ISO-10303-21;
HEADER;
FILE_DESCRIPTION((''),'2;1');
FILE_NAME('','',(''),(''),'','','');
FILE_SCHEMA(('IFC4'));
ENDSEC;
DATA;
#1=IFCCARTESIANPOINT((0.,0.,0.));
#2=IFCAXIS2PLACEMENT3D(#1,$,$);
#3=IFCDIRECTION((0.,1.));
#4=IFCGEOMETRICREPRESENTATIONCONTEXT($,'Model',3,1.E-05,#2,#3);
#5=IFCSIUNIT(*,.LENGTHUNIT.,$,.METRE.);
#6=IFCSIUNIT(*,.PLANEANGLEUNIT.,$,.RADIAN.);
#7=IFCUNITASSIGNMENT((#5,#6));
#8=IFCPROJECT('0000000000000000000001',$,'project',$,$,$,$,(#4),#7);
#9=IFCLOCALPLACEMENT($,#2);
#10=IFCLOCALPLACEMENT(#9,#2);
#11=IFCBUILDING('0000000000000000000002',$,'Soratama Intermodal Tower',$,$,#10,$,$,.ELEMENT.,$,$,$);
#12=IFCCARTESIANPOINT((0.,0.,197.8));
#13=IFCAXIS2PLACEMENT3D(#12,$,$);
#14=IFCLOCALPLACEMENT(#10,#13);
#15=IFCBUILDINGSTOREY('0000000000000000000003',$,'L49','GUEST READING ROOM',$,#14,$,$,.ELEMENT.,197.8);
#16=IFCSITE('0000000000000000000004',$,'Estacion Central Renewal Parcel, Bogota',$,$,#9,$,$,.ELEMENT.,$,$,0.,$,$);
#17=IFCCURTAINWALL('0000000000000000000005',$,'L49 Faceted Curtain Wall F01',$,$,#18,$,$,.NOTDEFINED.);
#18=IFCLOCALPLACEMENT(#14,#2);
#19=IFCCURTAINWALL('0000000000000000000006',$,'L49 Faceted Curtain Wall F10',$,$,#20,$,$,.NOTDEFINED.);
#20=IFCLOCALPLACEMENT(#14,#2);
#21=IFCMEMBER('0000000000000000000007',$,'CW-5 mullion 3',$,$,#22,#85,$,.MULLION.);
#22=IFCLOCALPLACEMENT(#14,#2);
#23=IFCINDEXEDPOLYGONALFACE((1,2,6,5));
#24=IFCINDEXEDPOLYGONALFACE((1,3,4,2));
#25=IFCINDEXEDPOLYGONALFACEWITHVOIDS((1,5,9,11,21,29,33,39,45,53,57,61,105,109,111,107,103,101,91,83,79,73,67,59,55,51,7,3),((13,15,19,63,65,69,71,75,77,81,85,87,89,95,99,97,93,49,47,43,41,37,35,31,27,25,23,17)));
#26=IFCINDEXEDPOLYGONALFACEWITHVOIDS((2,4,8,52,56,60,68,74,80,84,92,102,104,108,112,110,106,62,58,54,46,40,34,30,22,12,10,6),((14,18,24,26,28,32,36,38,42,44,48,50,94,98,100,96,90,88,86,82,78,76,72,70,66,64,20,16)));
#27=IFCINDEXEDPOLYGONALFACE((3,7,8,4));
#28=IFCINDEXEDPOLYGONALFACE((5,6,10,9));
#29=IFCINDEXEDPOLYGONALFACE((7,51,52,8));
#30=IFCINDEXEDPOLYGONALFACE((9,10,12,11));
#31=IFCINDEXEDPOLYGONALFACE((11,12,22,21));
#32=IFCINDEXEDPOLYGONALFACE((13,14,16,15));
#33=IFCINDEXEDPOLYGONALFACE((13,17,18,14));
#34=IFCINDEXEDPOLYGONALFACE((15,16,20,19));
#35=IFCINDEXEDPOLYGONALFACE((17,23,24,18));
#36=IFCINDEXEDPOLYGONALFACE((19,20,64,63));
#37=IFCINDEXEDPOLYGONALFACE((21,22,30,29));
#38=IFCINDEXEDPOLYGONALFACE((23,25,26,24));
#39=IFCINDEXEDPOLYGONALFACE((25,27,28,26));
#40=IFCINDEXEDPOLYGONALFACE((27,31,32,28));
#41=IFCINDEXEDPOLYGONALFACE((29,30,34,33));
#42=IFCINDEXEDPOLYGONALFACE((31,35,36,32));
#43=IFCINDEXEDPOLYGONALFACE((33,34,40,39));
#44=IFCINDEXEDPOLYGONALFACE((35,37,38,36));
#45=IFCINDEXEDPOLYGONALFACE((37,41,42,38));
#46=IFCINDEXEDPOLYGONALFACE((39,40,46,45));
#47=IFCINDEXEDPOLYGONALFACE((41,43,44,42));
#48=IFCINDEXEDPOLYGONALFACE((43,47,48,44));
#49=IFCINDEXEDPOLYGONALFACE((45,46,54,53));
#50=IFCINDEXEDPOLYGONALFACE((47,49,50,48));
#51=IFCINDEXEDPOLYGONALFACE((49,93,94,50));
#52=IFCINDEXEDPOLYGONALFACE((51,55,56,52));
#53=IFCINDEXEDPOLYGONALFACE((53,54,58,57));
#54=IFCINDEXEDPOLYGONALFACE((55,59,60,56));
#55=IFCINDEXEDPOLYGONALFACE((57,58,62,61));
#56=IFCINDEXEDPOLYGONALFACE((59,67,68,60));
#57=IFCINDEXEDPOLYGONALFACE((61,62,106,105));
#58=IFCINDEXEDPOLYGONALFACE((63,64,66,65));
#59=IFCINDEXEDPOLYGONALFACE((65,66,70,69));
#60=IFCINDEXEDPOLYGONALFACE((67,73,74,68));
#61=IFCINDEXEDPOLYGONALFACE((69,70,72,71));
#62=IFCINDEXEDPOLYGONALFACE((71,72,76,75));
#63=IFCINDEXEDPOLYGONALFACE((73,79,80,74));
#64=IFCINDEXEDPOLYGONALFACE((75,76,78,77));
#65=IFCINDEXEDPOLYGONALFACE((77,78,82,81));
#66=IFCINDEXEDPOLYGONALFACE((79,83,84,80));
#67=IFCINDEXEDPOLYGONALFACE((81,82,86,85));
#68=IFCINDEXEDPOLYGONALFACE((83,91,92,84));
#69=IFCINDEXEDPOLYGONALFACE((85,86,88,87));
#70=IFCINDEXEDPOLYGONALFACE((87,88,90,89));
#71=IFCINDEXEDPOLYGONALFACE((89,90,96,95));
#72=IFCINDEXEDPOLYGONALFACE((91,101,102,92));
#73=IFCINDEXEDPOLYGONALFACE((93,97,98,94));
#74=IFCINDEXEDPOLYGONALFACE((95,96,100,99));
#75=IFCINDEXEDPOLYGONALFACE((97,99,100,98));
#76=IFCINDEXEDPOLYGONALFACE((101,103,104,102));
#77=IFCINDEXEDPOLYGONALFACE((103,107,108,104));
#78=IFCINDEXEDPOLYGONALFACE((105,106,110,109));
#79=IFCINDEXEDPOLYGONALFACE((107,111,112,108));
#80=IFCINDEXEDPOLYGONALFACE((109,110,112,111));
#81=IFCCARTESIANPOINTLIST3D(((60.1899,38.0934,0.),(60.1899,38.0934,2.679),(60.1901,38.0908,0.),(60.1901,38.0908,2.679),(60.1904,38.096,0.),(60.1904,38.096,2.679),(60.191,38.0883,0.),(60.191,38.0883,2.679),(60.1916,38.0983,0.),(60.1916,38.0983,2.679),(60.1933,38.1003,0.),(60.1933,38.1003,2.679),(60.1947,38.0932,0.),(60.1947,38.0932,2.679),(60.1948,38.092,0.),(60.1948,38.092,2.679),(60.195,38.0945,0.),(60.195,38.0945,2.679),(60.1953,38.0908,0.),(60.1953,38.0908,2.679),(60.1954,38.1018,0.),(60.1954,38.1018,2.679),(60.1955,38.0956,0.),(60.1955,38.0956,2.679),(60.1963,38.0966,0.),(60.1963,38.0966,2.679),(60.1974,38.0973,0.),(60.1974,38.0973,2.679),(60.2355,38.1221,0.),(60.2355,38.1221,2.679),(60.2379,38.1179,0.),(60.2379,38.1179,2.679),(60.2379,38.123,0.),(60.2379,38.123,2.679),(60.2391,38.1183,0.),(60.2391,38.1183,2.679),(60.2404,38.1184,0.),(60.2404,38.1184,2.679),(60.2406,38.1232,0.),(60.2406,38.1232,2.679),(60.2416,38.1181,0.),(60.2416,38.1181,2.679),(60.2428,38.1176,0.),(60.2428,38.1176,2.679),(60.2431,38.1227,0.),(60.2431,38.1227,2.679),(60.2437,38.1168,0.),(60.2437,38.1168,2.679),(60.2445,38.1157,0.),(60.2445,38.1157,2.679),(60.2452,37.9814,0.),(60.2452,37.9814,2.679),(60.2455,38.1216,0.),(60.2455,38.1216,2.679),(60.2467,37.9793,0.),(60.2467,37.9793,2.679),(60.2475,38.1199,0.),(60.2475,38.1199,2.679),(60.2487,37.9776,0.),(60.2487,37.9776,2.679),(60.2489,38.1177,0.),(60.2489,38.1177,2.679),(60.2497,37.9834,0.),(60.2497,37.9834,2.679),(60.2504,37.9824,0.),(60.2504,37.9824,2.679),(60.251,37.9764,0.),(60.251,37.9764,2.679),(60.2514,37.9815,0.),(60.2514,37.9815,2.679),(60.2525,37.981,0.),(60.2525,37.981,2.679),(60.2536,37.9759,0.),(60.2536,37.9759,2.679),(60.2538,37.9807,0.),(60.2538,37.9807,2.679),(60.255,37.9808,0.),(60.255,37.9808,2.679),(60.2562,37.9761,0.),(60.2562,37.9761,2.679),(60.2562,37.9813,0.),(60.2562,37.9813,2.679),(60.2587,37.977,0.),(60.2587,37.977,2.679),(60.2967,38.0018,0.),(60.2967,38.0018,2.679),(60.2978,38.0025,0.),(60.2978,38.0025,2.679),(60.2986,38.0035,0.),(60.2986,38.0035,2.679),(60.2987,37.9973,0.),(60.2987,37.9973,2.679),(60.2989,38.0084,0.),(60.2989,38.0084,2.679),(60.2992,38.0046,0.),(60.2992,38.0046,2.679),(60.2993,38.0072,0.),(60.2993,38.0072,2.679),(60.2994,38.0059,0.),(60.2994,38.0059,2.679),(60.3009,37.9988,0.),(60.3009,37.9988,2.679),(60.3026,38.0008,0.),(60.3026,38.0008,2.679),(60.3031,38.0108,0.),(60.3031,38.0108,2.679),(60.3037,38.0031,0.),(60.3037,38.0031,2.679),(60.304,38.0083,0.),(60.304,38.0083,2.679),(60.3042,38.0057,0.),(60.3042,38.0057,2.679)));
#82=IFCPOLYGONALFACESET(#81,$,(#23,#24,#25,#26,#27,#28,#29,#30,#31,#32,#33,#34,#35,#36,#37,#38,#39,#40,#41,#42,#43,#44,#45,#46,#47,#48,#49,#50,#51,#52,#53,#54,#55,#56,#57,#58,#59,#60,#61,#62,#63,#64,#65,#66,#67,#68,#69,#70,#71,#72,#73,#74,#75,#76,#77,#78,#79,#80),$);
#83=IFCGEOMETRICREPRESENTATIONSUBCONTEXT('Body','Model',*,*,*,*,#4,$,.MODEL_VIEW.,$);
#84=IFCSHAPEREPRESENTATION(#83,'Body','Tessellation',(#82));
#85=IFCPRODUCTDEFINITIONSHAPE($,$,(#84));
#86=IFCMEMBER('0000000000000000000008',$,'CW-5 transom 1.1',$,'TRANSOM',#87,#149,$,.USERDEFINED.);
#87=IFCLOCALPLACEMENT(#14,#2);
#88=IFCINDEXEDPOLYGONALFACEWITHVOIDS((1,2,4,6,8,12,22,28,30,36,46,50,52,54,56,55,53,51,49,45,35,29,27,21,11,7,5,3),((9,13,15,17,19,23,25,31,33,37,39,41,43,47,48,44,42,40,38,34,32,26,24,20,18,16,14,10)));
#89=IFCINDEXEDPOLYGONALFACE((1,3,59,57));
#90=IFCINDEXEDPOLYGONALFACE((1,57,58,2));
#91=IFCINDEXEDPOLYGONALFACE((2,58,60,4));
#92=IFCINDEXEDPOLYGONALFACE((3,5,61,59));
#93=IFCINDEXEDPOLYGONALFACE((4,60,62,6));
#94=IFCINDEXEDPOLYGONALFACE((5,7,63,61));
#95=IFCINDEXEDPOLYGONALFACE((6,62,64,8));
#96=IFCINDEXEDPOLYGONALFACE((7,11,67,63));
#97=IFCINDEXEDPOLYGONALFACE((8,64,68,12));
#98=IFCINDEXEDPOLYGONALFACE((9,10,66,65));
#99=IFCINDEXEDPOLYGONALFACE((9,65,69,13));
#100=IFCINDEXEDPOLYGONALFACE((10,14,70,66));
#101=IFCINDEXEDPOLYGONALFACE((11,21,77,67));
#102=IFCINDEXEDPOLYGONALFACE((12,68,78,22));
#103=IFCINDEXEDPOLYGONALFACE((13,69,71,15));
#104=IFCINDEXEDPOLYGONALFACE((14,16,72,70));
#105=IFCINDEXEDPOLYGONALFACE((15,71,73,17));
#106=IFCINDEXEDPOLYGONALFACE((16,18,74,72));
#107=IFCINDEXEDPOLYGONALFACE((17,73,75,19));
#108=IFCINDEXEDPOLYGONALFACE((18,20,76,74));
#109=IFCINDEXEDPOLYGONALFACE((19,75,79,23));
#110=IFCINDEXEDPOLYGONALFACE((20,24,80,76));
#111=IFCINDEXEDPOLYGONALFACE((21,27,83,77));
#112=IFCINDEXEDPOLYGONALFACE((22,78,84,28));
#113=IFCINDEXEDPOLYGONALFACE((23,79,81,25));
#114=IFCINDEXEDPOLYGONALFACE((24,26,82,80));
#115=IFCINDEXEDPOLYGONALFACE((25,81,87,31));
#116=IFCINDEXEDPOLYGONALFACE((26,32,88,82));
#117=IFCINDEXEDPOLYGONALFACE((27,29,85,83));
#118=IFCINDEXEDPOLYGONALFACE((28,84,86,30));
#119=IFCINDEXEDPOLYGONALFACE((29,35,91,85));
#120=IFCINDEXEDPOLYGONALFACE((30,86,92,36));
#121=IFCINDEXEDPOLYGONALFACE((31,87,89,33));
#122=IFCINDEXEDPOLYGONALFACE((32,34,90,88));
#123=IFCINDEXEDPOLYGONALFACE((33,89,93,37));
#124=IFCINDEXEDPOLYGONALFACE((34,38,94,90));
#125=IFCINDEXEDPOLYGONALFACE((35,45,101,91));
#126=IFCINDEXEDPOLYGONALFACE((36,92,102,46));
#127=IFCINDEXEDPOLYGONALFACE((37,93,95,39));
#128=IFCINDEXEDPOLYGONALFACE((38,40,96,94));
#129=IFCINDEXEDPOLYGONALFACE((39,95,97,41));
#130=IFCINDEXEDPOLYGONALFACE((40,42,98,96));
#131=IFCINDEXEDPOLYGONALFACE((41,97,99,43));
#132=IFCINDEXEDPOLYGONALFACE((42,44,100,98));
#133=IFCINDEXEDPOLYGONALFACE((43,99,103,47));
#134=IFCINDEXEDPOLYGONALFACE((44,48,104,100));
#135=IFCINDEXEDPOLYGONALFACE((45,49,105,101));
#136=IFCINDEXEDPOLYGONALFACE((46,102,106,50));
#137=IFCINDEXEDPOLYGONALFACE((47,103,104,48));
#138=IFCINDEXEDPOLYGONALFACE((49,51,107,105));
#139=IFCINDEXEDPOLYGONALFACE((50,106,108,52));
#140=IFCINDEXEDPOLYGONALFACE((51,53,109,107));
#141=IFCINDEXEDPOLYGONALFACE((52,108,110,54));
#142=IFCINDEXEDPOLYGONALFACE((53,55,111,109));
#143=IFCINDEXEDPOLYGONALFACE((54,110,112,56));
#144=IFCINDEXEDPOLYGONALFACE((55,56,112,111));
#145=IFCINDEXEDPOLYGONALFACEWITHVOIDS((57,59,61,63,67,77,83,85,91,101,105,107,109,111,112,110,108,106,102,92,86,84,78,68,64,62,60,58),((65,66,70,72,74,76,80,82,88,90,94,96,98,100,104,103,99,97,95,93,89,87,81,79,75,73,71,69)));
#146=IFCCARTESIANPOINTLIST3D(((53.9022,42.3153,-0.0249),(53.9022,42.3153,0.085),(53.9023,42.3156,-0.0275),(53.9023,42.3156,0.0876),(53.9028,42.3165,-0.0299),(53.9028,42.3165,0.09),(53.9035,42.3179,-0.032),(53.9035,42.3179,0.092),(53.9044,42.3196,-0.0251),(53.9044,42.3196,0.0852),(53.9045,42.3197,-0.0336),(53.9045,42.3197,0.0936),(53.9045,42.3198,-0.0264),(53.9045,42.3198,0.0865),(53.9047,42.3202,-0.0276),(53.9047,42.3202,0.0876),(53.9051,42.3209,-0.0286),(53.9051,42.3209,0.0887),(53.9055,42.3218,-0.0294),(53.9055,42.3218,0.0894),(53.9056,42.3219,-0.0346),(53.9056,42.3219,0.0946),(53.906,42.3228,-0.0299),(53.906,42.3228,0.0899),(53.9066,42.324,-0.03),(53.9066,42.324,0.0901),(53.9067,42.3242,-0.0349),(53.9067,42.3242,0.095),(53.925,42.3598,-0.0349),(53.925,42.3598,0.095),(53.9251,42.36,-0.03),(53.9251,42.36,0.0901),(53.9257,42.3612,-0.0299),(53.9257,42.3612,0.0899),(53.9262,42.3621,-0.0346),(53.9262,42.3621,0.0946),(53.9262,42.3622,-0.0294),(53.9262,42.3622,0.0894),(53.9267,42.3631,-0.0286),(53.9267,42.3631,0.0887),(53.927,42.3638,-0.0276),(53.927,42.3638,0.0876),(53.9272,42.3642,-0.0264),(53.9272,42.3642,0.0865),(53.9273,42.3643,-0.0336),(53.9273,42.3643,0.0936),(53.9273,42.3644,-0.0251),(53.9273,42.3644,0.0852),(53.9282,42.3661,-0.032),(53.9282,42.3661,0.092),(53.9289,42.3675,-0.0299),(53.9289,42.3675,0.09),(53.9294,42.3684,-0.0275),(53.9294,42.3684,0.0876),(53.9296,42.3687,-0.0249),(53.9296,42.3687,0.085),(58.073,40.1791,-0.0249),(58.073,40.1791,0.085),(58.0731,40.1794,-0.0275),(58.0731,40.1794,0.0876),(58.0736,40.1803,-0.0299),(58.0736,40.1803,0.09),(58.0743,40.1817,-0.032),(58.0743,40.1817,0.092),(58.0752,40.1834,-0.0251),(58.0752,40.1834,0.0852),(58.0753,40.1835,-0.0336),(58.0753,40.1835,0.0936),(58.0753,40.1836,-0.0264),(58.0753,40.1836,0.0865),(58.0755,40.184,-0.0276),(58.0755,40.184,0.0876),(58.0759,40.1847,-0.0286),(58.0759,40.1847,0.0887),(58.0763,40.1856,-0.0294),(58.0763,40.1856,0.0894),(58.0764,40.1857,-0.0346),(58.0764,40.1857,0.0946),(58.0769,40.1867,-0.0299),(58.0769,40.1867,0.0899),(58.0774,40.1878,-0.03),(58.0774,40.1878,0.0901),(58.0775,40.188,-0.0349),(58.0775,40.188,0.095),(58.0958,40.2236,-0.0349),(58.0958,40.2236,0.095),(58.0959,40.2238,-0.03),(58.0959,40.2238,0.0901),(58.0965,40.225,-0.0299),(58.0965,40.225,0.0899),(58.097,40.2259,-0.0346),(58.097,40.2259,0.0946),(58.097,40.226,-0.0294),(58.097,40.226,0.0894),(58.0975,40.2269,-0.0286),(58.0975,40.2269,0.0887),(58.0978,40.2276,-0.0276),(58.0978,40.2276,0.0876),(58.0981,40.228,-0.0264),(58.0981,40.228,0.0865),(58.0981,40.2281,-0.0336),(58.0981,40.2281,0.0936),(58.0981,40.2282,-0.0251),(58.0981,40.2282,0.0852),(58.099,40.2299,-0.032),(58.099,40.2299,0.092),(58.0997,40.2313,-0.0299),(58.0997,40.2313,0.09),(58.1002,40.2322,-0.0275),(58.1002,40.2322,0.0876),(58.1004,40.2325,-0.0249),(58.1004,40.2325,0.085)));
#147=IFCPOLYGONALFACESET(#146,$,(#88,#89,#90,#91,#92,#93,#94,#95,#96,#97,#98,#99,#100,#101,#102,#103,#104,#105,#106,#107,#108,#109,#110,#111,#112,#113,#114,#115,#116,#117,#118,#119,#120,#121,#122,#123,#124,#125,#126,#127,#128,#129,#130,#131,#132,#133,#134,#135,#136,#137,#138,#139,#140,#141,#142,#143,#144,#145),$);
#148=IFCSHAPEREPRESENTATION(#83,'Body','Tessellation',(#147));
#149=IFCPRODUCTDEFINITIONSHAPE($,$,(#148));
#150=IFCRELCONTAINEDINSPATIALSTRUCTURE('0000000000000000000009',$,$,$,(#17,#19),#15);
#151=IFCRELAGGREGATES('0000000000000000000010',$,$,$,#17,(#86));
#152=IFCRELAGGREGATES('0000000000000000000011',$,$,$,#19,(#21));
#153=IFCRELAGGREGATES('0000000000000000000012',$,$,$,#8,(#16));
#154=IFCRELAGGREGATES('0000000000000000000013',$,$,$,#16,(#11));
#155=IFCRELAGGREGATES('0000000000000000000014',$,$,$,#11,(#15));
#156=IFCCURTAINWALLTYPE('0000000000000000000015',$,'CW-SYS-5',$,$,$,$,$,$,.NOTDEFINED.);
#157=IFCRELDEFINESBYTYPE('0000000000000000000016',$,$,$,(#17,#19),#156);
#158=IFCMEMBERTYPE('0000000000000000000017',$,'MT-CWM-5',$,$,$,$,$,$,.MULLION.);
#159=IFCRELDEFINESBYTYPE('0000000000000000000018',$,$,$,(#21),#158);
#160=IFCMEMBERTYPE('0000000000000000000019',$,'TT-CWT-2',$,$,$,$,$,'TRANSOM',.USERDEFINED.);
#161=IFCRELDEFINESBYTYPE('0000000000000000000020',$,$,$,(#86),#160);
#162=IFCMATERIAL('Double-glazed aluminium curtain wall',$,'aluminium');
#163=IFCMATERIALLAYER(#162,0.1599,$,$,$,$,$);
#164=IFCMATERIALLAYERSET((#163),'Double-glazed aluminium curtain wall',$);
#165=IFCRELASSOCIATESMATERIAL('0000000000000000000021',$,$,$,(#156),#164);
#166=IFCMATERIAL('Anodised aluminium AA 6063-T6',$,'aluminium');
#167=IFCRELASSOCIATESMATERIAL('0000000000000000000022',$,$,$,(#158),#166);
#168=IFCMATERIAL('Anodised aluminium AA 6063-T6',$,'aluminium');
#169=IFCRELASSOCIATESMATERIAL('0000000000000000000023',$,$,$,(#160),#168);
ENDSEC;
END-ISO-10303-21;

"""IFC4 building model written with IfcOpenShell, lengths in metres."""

from ifc_helpers import new_model, si_unit, direction, frame, origin, origin_2d, place, context, subcontext, project, spatial, hollow_rectangle, extrude, material, layer, layer_set, material_profile, profile_set, type_object, element, aggregate, save


model = new_model("IFC4")

# Units and contexts
model_context = context("Model", 3, precision=1e-05, world=origin(), true_north=direction((0.0, 1.0)))
body_context = subcontext(model_context, "Body", "Model", "MODEL_VIEW")
ifc_project = project(units=[si_unit("LENGTHUNIT", "METRE"), si_unit("PLANEANGLEUNIT", "RADIAN")], contexts=[model_context])

# Site, building, storey
site_placement = place(None, origin())
site = spatial("IfcSite", under=ifc_project, at=site_placement, Name="Estacion Central Renewal Parcel, Bogota", CompositionType="ELEMENT", RefElevation=0.0)
building_placement = place(site_placement, origin())
building = spatial("IfcBuilding", under=site, at=building_placement, Name="Soratama Intermodal Tower", CompositionType="ELEMENT")
storey_placement = place(building_placement, frame((0.0, 0.0, 197.8)))
storey = spatial("IfcBuildingStorey", under=building, at=storey_placement, Name="L49", Description="GUEST READING ROOM", CompositionType="ELEMENT", Elevation=197.8)

# Curtain wall
ifc_material_1 = material(Name="Double-glazed aluminium curtain wall", Category="aluminium")
ifc_layer_1 = layer(ifc_material_1, 0.1599)
ifc_layer_set_1 = layer_set([ifc_layer_1], Name="Double-glazed aluminium curtain wall")
curtain_wall_type = type_object("IfcCurtainWallType", Name="CW-SYS-5", PredefinedType="NOTDEFINED", material=ifc_layer_set_1)
curtain_wall_1_placement = place(storey_placement, origin())
curtain_wall_1 = element("IfcCurtainWall", 1, at=curtain_wall_1_placement, inside=storey, type_object=curtain_wall_type, Name="L49 Faceted Curtain Wall F01", PredefinedType="NOTDEFINED")
ifc_material_2 = material(Name="Anodised aluminium AA 6063-T6", Category="aluminium")
ifc_material_profile_1 = material_profile(ifc_material_2, hollow_rectangle(XDim=0.0649, YDim=0.1399, WallThickness=0.0049, InnerFilletRadius=0.0049, OuterFilletRadius=0.01, at=origin_2d()), Name="CWM140X65X5")
ifc_profile_set_1 = profile_set([ifc_material_profile_1], Name="Anodised aluminium AA 6063-T6")
member_type_1 = type_object("IfcMemberType", Name="MT-CWM-5", PredefinedType="MULLION", material=ifc_profile_set_1)

# Curtain wall, member
curtain_wall_2_placement = place(storey_placement, origin())
curtain_wall_2 = element("IfcCurtainWall", 2, at=curtain_wall_2_placement, inside=storey, type_object=curtain_wall_type, Name="L49 Faceted Curtain Wall F10", PredefinedType="NOTDEFINED")
member_1_placement = place(storey_placement, frame((60.2471, 38.0496, 0.0), z_axis=(0.0, 0.0, 1.0), x_axis=(-0.891958, -0.452119, 0.0)))
member_1 = element("IfcMember", 3, at=member_1_placement, type_object=member_type_1, Name="CW-5 mullion 3", PredefinedType="MULLION", context=body_context, shape_type="SweptSolid", body=[
    extrude(hollow_rectangle(XDim=0.0649, YDim=0.1399, WallThickness=0.0049, InnerFilletRadius=0.0049, OuterFilletRadius=0.01, at=origin_2d()), origin(), (0.0, 0.0, 1.0), 2.679),
])

# Member
ifc_material_3 = material(Name="Anodised aluminium AA 6063-T6", Category="aluminium")
ifc_material_profile_2 = material_profile(ifc_material_3, hollow_rectangle(XDim=0.0601, YDim=0.1299, WallThickness=0.0049, InnerFilletRadius=0.0049, OuterFilletRadius=0.01, at=origin_2d()), Name="CWT130X60X5")
ifc_profile_set_2 = profile_set([ifc_material_profile_2], Name="Anodised aluminium AA 6063-T6")
member_type_2 = type_object("IfcMemberType", Name="TT-CWT-2", ElementType="TRANSOM", PredefinedType="USERDEFINED", material=ifc_profile_set_2)
member_2_placement = place(storey_placement, frame((58.0867, 40.2058, 0.03), z_axis=(-0.890051, 0.455862, 0.0), x_axis=(-0.455862, -0.890051, 0.0)))
member_2 = element("IfcMember", 4, at=member_2_placement, type_object=member_type_2, Name="CW-5 transom 1.1", ObjectType="TRANSOM", PredefinedType="USERDEFINED", context=body_context, shape_type="SweptSolid", body=[
    extrude(hollow_rectangle(XDim=0.0601, YDim=0.1299, WallThickness=0.0049, InnerFilletRadius=0.0049, OuterFilletRadius=0.01, at=origin_2d()), origin(), (0.0, 0.0, 1.0), 4.686),
])

aggregate(curtain_wall_1, [member_2])
aggregate(curtain_wall_2, [member_1])

save(model, "model.ifc")
